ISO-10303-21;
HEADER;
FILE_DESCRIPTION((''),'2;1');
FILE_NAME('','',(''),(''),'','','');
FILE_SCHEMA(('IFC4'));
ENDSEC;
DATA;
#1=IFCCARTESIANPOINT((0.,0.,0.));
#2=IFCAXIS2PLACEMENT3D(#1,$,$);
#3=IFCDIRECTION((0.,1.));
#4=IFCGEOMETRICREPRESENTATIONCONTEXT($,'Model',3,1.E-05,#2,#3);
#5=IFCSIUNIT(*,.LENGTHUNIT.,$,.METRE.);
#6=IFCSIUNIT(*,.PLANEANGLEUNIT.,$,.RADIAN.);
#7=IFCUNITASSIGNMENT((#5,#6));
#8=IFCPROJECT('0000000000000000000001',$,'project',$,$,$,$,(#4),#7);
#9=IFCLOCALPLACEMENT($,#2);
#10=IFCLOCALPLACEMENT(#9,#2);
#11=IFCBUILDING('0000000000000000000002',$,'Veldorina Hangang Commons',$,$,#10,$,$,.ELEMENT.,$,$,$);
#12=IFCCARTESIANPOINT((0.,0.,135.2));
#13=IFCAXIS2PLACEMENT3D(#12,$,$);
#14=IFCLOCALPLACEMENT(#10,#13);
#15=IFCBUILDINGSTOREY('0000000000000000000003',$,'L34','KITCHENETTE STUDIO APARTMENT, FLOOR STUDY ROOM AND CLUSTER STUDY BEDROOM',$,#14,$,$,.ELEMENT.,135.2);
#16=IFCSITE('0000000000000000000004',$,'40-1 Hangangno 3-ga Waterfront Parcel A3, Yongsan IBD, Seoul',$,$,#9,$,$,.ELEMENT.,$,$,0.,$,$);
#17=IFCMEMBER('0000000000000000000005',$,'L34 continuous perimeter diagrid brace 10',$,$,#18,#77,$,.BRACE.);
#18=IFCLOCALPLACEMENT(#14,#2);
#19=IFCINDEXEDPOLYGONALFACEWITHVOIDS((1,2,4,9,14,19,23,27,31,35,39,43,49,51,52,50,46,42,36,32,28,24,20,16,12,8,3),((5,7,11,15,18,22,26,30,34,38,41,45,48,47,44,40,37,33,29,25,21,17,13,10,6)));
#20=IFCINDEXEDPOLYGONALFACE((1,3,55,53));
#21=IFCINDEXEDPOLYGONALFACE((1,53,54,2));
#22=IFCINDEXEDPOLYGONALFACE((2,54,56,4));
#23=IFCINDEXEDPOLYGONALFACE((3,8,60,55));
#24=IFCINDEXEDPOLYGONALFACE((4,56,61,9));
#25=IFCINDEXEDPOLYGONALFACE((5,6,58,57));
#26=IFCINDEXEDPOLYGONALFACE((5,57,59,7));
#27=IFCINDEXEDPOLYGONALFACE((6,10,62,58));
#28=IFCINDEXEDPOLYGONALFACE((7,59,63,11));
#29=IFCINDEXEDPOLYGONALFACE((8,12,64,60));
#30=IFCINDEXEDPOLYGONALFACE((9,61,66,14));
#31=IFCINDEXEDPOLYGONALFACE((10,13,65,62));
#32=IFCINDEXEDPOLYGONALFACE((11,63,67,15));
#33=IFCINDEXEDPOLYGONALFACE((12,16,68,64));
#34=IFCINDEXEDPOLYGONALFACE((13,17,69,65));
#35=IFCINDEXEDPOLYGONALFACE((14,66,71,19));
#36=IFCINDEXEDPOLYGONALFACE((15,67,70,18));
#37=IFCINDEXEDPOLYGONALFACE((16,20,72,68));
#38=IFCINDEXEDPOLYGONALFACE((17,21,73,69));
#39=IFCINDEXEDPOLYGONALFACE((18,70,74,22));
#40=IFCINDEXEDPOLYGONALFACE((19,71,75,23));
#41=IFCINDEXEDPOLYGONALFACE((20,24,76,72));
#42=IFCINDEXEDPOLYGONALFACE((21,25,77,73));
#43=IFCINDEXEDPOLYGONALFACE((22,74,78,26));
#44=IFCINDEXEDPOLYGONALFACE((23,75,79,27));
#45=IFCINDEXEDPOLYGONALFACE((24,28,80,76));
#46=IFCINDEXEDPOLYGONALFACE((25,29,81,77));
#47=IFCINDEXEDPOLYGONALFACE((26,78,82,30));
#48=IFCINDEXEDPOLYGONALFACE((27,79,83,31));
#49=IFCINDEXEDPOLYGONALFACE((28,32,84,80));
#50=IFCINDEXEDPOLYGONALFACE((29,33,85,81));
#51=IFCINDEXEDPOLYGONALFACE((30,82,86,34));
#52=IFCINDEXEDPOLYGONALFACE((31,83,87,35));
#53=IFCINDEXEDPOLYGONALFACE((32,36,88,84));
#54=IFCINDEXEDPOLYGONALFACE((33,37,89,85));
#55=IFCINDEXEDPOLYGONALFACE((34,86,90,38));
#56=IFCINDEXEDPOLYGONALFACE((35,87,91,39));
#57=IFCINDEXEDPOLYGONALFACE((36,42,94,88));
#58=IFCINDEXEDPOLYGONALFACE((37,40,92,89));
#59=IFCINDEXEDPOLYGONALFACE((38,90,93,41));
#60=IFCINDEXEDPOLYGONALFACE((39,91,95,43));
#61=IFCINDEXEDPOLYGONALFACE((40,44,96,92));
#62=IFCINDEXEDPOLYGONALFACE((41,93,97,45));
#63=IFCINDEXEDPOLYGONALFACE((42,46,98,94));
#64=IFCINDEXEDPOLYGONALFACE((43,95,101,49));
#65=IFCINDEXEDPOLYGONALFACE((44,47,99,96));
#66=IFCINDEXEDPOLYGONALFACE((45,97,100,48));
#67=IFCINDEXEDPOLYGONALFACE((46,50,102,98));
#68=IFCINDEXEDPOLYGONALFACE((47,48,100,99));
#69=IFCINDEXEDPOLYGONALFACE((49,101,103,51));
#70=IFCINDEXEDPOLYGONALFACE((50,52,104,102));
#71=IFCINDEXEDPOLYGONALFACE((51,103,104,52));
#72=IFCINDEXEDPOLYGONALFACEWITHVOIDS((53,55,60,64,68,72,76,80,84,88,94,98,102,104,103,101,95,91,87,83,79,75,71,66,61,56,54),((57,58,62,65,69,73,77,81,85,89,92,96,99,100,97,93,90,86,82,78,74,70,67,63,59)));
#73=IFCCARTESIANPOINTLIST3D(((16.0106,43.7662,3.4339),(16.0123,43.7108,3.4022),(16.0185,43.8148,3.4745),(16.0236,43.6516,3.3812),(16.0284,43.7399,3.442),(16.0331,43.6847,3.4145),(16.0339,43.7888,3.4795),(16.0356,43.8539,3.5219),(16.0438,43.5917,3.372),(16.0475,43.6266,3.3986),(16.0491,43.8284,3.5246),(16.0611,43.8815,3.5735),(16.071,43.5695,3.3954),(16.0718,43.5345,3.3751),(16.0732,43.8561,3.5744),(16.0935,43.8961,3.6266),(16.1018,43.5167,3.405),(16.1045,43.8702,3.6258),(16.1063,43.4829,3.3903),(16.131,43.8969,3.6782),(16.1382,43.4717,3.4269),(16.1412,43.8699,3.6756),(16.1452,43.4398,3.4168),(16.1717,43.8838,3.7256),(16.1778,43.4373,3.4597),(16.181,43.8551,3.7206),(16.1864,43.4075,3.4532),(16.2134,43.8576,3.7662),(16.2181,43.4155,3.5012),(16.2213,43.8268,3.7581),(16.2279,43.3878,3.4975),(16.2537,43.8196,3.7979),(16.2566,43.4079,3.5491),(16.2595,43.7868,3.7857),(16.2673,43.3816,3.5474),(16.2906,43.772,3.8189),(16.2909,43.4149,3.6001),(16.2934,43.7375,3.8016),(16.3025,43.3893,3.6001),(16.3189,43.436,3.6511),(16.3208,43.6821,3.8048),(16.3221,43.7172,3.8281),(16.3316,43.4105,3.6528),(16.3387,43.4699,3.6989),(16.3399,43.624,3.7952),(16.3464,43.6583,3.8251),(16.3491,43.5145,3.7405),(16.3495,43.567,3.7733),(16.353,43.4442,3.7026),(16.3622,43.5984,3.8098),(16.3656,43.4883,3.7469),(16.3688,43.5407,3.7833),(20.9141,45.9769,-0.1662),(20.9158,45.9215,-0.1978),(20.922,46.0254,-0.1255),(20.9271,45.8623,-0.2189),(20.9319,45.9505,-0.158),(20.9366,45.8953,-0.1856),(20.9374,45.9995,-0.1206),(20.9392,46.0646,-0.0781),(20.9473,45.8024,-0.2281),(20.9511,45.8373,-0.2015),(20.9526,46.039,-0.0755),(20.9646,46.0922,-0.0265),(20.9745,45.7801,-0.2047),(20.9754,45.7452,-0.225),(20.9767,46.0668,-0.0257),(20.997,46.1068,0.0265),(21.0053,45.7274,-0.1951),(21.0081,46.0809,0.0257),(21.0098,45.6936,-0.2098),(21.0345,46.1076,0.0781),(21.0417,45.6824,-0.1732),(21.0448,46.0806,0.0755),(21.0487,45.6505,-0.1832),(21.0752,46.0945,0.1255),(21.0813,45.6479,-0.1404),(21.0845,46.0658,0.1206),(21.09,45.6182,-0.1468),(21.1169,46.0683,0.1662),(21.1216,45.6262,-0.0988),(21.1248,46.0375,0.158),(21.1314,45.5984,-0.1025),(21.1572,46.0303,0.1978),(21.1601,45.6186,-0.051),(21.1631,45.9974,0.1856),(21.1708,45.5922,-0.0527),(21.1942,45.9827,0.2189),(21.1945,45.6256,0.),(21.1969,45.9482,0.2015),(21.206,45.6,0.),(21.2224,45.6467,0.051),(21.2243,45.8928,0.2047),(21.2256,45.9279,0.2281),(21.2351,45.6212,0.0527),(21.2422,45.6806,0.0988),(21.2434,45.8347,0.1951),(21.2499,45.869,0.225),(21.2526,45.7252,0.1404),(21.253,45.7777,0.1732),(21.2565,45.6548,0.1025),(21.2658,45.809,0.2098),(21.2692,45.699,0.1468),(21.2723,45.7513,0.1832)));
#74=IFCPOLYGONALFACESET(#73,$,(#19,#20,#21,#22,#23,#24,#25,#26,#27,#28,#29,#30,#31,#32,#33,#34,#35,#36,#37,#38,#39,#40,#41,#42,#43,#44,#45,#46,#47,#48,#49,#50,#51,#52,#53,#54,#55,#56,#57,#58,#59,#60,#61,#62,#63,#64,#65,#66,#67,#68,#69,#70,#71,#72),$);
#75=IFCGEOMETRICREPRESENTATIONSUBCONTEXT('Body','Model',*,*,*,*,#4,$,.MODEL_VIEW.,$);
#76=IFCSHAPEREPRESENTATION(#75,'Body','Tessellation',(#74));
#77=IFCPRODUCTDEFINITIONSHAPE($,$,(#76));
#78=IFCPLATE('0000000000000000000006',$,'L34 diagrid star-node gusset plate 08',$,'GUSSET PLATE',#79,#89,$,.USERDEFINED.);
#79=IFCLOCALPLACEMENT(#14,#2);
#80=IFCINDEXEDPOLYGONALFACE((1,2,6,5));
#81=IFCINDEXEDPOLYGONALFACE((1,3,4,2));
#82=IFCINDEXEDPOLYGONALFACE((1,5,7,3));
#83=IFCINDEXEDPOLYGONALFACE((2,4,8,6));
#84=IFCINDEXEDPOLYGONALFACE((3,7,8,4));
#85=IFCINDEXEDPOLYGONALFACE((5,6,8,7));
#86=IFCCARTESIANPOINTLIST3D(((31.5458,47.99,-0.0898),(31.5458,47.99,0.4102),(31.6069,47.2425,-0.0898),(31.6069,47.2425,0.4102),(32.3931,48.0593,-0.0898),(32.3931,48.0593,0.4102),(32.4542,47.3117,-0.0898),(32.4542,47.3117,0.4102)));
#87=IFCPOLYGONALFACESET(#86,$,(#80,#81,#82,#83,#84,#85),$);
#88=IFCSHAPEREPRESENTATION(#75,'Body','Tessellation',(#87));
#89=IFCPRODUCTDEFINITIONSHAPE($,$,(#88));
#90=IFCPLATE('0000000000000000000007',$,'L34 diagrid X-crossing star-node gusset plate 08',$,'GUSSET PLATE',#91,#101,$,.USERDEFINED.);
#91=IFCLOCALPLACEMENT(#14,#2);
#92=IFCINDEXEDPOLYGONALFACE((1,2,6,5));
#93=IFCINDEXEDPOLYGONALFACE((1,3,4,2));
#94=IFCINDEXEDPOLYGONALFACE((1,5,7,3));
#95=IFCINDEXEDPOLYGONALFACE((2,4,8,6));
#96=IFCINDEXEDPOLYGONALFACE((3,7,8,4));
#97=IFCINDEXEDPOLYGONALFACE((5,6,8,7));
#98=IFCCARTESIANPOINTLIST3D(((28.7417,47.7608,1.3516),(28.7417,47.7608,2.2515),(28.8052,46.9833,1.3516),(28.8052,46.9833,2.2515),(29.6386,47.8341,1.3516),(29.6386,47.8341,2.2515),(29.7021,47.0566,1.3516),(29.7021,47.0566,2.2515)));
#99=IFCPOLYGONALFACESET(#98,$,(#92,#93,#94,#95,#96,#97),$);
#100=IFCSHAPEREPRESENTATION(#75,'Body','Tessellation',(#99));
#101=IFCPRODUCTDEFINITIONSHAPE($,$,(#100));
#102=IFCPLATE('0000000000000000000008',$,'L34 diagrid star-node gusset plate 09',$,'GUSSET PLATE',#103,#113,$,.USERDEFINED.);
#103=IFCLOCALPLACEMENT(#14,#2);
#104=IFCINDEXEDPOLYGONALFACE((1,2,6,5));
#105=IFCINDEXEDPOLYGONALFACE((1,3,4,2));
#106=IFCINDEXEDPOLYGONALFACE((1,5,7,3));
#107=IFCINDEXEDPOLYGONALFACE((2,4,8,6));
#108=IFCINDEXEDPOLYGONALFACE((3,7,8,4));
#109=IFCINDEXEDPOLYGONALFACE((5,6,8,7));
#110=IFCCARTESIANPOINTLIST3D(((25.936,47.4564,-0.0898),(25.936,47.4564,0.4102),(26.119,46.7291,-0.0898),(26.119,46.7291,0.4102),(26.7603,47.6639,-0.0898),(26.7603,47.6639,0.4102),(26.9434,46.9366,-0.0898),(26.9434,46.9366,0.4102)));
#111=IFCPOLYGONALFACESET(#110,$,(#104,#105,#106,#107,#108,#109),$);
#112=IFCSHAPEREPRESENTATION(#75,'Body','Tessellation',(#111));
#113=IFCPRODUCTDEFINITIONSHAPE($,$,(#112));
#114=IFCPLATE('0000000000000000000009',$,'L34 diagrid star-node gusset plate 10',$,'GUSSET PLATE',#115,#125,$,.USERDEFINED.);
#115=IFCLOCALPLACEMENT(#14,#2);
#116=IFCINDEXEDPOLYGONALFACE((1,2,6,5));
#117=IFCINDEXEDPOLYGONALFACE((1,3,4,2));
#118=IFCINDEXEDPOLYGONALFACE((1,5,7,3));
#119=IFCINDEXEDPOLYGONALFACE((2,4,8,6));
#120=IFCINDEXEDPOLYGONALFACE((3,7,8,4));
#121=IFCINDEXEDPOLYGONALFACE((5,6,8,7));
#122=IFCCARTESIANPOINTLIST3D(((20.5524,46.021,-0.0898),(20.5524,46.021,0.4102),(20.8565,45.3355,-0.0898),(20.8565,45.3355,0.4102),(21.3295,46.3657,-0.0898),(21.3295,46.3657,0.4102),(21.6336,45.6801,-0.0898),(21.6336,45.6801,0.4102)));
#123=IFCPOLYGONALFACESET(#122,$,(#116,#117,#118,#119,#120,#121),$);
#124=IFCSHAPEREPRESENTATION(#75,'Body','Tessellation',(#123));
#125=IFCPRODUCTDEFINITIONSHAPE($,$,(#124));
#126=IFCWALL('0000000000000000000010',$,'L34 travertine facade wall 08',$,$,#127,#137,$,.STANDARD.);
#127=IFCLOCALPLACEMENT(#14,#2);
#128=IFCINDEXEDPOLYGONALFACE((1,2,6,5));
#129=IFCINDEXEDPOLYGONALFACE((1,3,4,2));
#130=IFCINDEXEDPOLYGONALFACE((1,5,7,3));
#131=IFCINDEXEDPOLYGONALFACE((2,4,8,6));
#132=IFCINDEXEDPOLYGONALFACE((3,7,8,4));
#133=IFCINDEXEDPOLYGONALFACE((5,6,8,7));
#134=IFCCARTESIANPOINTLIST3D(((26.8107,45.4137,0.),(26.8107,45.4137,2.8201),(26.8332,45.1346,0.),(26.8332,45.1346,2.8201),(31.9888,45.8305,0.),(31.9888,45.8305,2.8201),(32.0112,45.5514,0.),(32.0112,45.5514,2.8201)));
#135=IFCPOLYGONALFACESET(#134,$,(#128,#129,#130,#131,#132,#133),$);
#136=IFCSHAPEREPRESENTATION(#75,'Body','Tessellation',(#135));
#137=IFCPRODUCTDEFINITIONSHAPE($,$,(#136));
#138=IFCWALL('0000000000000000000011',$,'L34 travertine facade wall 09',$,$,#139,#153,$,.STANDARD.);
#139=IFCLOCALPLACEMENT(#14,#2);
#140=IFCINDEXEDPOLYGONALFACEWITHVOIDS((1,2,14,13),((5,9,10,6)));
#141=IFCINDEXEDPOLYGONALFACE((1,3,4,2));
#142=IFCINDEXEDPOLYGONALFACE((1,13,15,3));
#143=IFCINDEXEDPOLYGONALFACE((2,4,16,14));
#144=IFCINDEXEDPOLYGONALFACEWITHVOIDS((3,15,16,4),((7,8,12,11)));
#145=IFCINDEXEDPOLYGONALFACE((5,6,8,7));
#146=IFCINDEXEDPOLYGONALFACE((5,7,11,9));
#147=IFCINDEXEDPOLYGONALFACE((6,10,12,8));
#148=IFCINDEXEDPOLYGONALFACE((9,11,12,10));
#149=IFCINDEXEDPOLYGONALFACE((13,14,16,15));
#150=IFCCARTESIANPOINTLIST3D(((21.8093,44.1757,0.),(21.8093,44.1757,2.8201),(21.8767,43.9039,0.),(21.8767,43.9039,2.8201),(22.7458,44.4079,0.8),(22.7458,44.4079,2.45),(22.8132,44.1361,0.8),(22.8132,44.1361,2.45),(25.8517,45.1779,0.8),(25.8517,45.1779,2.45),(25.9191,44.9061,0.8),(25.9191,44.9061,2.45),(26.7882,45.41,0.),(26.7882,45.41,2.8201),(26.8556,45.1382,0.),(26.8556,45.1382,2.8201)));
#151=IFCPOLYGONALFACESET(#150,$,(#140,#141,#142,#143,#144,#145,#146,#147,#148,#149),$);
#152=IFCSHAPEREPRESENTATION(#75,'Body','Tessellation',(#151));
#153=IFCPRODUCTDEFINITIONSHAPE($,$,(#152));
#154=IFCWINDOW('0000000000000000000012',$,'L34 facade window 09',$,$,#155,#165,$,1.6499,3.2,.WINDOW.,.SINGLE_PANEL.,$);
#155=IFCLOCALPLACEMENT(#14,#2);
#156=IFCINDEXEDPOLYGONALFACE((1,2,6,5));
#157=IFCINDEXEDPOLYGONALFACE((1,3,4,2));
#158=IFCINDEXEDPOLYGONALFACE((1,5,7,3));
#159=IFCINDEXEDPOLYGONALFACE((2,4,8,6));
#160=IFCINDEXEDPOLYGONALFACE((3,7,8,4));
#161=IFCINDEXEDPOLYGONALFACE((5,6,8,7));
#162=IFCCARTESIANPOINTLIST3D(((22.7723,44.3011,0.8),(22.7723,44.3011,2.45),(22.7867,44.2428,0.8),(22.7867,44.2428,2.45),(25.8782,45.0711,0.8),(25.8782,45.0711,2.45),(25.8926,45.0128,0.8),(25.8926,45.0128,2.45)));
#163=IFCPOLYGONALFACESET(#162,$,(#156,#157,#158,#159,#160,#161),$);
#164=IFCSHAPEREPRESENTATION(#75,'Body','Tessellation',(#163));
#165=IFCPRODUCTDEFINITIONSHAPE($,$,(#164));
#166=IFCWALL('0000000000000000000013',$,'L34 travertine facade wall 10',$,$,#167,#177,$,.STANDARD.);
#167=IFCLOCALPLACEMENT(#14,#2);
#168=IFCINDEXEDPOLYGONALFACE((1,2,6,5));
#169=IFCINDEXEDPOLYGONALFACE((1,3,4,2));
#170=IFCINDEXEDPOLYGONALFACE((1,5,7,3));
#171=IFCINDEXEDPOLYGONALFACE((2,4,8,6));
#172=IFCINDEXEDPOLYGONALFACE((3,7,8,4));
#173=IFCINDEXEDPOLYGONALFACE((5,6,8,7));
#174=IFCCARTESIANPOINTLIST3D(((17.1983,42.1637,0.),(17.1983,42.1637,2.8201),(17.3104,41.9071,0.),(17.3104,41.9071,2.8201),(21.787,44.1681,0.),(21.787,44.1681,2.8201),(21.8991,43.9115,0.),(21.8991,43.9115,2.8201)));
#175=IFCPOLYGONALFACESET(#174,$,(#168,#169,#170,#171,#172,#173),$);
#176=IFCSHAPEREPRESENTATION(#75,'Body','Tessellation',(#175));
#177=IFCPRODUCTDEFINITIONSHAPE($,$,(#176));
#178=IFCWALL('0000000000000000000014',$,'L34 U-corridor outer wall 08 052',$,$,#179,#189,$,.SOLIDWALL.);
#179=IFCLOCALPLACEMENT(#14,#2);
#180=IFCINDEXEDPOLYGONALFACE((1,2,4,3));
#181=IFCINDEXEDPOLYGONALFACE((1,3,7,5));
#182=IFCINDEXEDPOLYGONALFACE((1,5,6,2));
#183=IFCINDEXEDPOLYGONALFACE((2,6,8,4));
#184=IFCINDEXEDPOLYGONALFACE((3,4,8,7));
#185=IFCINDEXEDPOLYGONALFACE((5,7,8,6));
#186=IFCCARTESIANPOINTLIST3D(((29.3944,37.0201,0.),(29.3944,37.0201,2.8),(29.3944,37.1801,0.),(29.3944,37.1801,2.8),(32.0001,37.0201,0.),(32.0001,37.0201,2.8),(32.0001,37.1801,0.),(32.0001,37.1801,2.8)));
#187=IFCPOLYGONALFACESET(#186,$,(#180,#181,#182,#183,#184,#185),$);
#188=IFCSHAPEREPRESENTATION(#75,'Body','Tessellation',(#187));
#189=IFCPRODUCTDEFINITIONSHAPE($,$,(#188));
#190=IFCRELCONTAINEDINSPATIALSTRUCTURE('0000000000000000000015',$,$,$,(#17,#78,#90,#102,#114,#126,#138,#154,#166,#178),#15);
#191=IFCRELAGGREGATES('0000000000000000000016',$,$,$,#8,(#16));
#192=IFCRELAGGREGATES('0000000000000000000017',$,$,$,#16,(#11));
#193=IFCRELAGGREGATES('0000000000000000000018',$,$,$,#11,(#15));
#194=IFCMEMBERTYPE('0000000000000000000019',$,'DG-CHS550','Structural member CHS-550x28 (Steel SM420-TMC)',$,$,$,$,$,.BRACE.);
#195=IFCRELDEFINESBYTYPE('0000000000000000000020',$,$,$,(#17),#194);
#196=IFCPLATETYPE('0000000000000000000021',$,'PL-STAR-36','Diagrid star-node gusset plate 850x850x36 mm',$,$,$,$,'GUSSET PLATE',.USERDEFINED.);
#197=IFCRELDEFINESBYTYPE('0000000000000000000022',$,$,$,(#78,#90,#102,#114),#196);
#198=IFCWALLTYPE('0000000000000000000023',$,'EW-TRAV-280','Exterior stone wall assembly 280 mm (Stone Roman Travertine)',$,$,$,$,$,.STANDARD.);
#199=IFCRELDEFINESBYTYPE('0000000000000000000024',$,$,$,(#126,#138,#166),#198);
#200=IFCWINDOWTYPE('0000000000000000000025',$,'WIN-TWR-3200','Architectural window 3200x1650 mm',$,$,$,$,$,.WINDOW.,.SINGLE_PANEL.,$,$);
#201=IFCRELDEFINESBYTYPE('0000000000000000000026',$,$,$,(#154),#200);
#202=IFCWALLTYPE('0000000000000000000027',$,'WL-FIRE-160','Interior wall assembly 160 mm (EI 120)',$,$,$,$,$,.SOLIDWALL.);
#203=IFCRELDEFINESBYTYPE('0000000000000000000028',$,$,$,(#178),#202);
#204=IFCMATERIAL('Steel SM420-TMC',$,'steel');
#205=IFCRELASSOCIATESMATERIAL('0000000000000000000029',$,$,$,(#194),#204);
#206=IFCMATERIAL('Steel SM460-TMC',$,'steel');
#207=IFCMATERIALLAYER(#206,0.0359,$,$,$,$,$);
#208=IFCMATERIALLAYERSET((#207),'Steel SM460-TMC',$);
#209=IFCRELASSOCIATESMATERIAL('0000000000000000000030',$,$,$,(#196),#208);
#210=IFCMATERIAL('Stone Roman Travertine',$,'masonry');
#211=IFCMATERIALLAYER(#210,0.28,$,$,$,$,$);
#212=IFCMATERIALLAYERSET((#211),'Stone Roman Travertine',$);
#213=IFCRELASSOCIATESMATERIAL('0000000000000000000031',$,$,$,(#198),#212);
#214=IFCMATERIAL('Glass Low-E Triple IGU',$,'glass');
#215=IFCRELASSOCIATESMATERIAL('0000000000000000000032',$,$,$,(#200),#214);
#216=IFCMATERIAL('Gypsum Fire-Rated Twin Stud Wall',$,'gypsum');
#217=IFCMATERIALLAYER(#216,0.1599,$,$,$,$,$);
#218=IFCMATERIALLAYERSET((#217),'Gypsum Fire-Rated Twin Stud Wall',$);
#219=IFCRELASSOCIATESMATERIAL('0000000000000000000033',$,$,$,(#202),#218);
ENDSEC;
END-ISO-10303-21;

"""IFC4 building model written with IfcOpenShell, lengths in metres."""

from ifc_helpers import new_model, si_unit, direction, frame, frame_2d, origin, origin_2d, place, context, subcontext, project, spatial, rectangle, hollow_circle, extrude, material, layer, layer_set, material_profile, profile_set, type_object, element, fill, save


model = new_model("IFC4")

# Units and contexts
model_context = context("Model", 3, precision=1e-05, world=origin(), true_north=direction((0.0, 1.0)))
body_context = subcontext(model_context, "Body", "Model", "MODEL_VIEW")
ifc_project = project(units=[si_unit("LENGTHUNIT", "METRE"), si_unit("PLANEANGLEUNIT", "RADIAN")], contexts=[model_context])

# Site, building, storey
site_placement = place(None, origin())
site = spatial("IfcSite", under=ifc_project, at=site_placement, Name="40-1 Hangangno 3-ga Waterfront Parcel A3, Yongsan IBD, Seoul", CompositionType="ELEMENT", RefElevation=0.0)
building_placement = place(site_placement, origin())
building = spatial("IfcBuilding", under=site, at=building_placement, Name="Veldorina Hangang Commons", CompositionType="ELEMENT")
storey_placement = place(building_placement, frame((0.0, 0.0, 135.2)))
storey = spatial("IfcBuildingStorey", under=building, at=storey_placement, Name="L34", Description="KITCHENETTE STUDIO APARTMENT, FLOOR STUDY ROOM AND CLUSTER STUDY BEDROOM", CompositionType="ELEMENT", Elevation=135.2)

# Shared definitions
ifc_material_1 = material(Name="Steel SM420-TMC", Category="steel")

# Member
ifc_material_profile_1 = material_profile(ifc_material_1, hollow_circle(Radius=0.2749, WallThickness=0.0281, at=origin_2d()), Name="CHS-550x28")
ifc_profile_set_1 = profile_set([ifc_material_profile_1], Name="Steel SM420-TMC")
member_type = type_object("IfcMemberType", Name="DG-CHS550", Description="Structural member CHS-550x28 (Steel SM420-TMC)", PredefinedType="BRACE", material=ifc_profile_set_1)
member_1_placement = place(storey_placement, frame((21.093, 45.8506, 0.0), z_axis=(-0.757604, -0.341554, 0.556217), x_axis=(0.410997, -0.911637, 0.0)))
element("IfcMember", 1, at=member_1_placement, inside=storey, type_object=member_type, Name="L34 continuous perimeter diagrid brace 10", PredefinedType="BRACE", context=body_context, shape_type="SweptSolid", body=[
    extrude(hollow_circle(Radius=0.2749, WallThickness=0.0281, at=origin_2d()), origin(), (0.0, 0.0, 1.0), 6.4724),
])

# Plates
ifc_material_2 = material(Name="Steel SM460-TMC", Category="steel")
ifc_layer_1 = layer(ifc_material_2, 0.0359)
ifc_layer_set_1 = layer_set([ifc_layer_1], Name="Steel SM460-TMC")
plate_type = type_object("IfcPlateType", Name="PL-STAR-36", Description="Diagrid star-node gusset plate 850x850x36 mm", ElementType="GUSSET PLATE", PredefinedType="USERDEFINED", material=ifc_layer_set_1)
plate_1_placement = place(storey_placement, frame((32.0, 47.6509, -0.0898), z_axis=(0.0, 0.0, 1.0), x_axis=(-0.996677, -0.081451, 0.0)))
element("IfcPlate", 2, at=plate_1_placement, inside=storey, type_object=plate_type, Name="L34 diagrid star-node gusset plate 08", ObjectType="GUSSET PLATE", PredefinedType="USERDEFINED", context=body_context, shape_type="SweptSolid", body=[
    extrude(rectangle(XDim=0.8501, YDim=0.75, at=origin_2d()), origin(), (0.0, 0.0, 1.0), 0.5),
])
plate_2_placement = place(storey_placement, frame((29.2219, 47.4087, 1.3516), z_axis=(0.0, 0.0, 1.0), x_axis=(-0.996677, -0.081451, 0.0)))
element("IfcPlate", 3, at=plate_2_placement, inside=storey, type_object=plate_type, Name="L34 diagrid X-crossing star-node gusset plate 08", ObjectType="GUSSET PLATE", PredefinedType="USERDEFINED", context=body_context, shape_type="SweptSolid", body=[
    extrude(rectangle(XDim=0.8999, YDim=0.78, at=origin_2d()), origin(), (0.0, 0.0, 1.0), 0.8999),
])
for number, where, z_axis, x_axis, name in (
    (4, (26.4397, 47.1965, -0.0898), (0.0, 0.0, 1.0), (-0.969749, -0.244106, 0.0), "L34 diagrid star-node gusset plate 09"),
    (5, (21.093, 45.8506, -0.0898), (0.0, 0.0, 1.0), (-0.914112, -0.405461, 0.0), "L34 diagrid star-node gusset plate 10"),
):
    element("IfcPlate", number, at=place(storey_placement, frame(where, z_axis=z_axis, x_axis=x_axis)), inside=storey, type_object=plate_type, Name=name, ObjectType="GUSSET PLATE", PredefinedType="USERDEFINED", context=body_context, shape_type="SweptSolid", body=[
        extrude(rectangle(XDim=0.8501, YDim=0.75, at=origin_2d()), origin(), (0.0, 0.0, 1.0), 0.5),
    ])

# Wall
ifc_material_3 = material(Name="Stone Roman Travertine", Category="masonry")
ifc_layer_2 = layer(ifc_material_3, 0.28)
ifc_layer_set_2 = layer_set([ifc_layer_2], Name="Stone Roman Travertine")
wall_type_1 = type_object("IfcWallType", Name="EW-TRAV-280", Description="Exterior stone wall assembly 280 mm (Stone Roman Travertine)", PredefinedType="STANDARD", material=ifc_layer_set_2)
wall_1_placement = place(storey_placement, frame((32.0, 45.6909, 0.0), z_axis=(0.0, 0.0, 1.0), x_axis=(-0.996777, -0.080225, 0.0)))
element("IfcWall", 6, at=wall_1_placement, inside=storey, type_object=wall_type_1, Name="L34 travertine facade wall 08", PredefinedType="STANDARD", context=body_context, shape_type="SweptSolid", body=[
    extrude(rectangle(XDim=5.1948, YDim=0.28, at=frame_2d((2.5974, 0.0))), origin(), (0.0, 0.0, 1.0), 2.8201),
])

# Wall, opening, window
wall_2_placement = place(storey_placement, frame((26.822, 45.2742, 0.0), z_axis=(0.0, 0.0, 1.0), x_axis=(-0.970617, -0.240631, 0.0)))
wall_2 = element("IfcWall", 7, at=wall_2_placement, inside=storey, type_object=wall_type_1, Name="L34 travertine facade wall 09", PredefinedType="STANDARD", context=body_context, shape_type="SweptSolid", body=[
    extrude(rectangle(XDim=5.1296, YDim=0.28, at=frame_2d((2.5649, 0.0))), origin(), (0.0, 0.0, 1.0), 2.8201),
])
opening_1_placement = place(wall_2_placement, frame((0.9648, 0.0, 0.8)))
opening_1 = element("IfcOpeningElement", 8, at=opening_1_placement, cuts=wall_2, PredefinedType="OPENING", context=body_context, shape_type="SweptSolid", body=[
    extrude(rectangle(XDim=3.2, YDim=1.6499, at=frame_2d((1.6001, 0.825))), frame((0.0, 0.1499, 0.0), z_axis=(0.0, -1.0, 0.0), x_axis=(1.0, 0.0, 0.0)), (0.0, 0.0, 1.0), 0.3),
])
ifc_material_4 = material(Name="Glass Low-E Triple IGU", Category="glass")
window_type = type_object("IfcWindowType", Name="WIN-TWR-3200", Description="Architectural window 3200x1650 mm", PartitioningType="SINGLE_PANEL", PredefinedType="WINDOW", material=ifc_material_4)
window_placement = place(opening_1_placement, origin())
window = element("IfcWindow", 9, at=window_placement, inside=storey, type_object=window_type, Name="L34 facade window 09", OverallHeight=1.6499, OverallWidth=3.2, PartitioningType="SINGLE_PANEL", PredefinedType="WINDOW", context=body_context, shape_type="SweptSolid", body=[
    extrude(rectangle(XDim=3.2, YDim=1.6499, at=frame_2d((1.6001, 0.825))), frame((0.0, 0.03, 0.0), z_axis=(0.0, -1.0, 0.0), x_axis=(1.0, 0.0, 0.0)), (0.0, 0.0, 1.0), 0.0601),
])
fill(opening_1, window)

# Walls
wall_3_placement = place(storey_placement, frame((21.843, 44.0398, 0.0), z_axis=(0.0, 0.0, 1.0), x_axis=(-0.916387, -0.400294, 0.0)))
element("IfcWall", 10, at=wall_3_placement, inside=storey, type_object=wall_type_1, Name="L34 travertine facade wall 10", PredefinedType="STANDARD", context=body_context, shape_type="SweptSolid", body=[
    extrude(rectangle(XDim=5.0073, YDim=0.28, at=frame_2d((2.5037, 0.0))), origin(), (0.0, 0.0, 1.0), 2.8201),
])
ifc_material_5 = material(Name="Gypsum Fire-Rated Twin Stud Wall", Category="gypsum")
ifc_layer_3 = layer(ifc_material_5, 0.1599)
ifc_layer_set_3 = layer_set([ifc_layer_3], Name="Gypsum Fire-Rated Twin Stud Wall")
wall_type_2 = type_object("IfcWallType", Name="WL-FIRE-160", Description="Interior wall assembly 160 mm (EI 120)", PredefinedType="SOLIDWALL", material=ifc_layer_set_3)
wall_4_placement = place(storey_placement, frame((32.0, 37.1001, 0.0), z_axis=(0.0, 0.0, 1.0), x_axis=(-1.0, 0.0, 0.0)))
element("IfcWall", 11, at=wall_4_placement, inside=storey, type_object=wall_type_2, Name="L34 U-corridor outer wall 08 052", PredefinedType="SOLIDWALL", context=body_context, shape_type="SweptSolid", body=[
    extrude(rectangle(XDim=2.6057, YDim=0.1599, at=frame_2d((1.3027, 0.0))), origin(), (0.0, 0.0, 1.0), 2.8),
])

save(model, "model.ifc")
